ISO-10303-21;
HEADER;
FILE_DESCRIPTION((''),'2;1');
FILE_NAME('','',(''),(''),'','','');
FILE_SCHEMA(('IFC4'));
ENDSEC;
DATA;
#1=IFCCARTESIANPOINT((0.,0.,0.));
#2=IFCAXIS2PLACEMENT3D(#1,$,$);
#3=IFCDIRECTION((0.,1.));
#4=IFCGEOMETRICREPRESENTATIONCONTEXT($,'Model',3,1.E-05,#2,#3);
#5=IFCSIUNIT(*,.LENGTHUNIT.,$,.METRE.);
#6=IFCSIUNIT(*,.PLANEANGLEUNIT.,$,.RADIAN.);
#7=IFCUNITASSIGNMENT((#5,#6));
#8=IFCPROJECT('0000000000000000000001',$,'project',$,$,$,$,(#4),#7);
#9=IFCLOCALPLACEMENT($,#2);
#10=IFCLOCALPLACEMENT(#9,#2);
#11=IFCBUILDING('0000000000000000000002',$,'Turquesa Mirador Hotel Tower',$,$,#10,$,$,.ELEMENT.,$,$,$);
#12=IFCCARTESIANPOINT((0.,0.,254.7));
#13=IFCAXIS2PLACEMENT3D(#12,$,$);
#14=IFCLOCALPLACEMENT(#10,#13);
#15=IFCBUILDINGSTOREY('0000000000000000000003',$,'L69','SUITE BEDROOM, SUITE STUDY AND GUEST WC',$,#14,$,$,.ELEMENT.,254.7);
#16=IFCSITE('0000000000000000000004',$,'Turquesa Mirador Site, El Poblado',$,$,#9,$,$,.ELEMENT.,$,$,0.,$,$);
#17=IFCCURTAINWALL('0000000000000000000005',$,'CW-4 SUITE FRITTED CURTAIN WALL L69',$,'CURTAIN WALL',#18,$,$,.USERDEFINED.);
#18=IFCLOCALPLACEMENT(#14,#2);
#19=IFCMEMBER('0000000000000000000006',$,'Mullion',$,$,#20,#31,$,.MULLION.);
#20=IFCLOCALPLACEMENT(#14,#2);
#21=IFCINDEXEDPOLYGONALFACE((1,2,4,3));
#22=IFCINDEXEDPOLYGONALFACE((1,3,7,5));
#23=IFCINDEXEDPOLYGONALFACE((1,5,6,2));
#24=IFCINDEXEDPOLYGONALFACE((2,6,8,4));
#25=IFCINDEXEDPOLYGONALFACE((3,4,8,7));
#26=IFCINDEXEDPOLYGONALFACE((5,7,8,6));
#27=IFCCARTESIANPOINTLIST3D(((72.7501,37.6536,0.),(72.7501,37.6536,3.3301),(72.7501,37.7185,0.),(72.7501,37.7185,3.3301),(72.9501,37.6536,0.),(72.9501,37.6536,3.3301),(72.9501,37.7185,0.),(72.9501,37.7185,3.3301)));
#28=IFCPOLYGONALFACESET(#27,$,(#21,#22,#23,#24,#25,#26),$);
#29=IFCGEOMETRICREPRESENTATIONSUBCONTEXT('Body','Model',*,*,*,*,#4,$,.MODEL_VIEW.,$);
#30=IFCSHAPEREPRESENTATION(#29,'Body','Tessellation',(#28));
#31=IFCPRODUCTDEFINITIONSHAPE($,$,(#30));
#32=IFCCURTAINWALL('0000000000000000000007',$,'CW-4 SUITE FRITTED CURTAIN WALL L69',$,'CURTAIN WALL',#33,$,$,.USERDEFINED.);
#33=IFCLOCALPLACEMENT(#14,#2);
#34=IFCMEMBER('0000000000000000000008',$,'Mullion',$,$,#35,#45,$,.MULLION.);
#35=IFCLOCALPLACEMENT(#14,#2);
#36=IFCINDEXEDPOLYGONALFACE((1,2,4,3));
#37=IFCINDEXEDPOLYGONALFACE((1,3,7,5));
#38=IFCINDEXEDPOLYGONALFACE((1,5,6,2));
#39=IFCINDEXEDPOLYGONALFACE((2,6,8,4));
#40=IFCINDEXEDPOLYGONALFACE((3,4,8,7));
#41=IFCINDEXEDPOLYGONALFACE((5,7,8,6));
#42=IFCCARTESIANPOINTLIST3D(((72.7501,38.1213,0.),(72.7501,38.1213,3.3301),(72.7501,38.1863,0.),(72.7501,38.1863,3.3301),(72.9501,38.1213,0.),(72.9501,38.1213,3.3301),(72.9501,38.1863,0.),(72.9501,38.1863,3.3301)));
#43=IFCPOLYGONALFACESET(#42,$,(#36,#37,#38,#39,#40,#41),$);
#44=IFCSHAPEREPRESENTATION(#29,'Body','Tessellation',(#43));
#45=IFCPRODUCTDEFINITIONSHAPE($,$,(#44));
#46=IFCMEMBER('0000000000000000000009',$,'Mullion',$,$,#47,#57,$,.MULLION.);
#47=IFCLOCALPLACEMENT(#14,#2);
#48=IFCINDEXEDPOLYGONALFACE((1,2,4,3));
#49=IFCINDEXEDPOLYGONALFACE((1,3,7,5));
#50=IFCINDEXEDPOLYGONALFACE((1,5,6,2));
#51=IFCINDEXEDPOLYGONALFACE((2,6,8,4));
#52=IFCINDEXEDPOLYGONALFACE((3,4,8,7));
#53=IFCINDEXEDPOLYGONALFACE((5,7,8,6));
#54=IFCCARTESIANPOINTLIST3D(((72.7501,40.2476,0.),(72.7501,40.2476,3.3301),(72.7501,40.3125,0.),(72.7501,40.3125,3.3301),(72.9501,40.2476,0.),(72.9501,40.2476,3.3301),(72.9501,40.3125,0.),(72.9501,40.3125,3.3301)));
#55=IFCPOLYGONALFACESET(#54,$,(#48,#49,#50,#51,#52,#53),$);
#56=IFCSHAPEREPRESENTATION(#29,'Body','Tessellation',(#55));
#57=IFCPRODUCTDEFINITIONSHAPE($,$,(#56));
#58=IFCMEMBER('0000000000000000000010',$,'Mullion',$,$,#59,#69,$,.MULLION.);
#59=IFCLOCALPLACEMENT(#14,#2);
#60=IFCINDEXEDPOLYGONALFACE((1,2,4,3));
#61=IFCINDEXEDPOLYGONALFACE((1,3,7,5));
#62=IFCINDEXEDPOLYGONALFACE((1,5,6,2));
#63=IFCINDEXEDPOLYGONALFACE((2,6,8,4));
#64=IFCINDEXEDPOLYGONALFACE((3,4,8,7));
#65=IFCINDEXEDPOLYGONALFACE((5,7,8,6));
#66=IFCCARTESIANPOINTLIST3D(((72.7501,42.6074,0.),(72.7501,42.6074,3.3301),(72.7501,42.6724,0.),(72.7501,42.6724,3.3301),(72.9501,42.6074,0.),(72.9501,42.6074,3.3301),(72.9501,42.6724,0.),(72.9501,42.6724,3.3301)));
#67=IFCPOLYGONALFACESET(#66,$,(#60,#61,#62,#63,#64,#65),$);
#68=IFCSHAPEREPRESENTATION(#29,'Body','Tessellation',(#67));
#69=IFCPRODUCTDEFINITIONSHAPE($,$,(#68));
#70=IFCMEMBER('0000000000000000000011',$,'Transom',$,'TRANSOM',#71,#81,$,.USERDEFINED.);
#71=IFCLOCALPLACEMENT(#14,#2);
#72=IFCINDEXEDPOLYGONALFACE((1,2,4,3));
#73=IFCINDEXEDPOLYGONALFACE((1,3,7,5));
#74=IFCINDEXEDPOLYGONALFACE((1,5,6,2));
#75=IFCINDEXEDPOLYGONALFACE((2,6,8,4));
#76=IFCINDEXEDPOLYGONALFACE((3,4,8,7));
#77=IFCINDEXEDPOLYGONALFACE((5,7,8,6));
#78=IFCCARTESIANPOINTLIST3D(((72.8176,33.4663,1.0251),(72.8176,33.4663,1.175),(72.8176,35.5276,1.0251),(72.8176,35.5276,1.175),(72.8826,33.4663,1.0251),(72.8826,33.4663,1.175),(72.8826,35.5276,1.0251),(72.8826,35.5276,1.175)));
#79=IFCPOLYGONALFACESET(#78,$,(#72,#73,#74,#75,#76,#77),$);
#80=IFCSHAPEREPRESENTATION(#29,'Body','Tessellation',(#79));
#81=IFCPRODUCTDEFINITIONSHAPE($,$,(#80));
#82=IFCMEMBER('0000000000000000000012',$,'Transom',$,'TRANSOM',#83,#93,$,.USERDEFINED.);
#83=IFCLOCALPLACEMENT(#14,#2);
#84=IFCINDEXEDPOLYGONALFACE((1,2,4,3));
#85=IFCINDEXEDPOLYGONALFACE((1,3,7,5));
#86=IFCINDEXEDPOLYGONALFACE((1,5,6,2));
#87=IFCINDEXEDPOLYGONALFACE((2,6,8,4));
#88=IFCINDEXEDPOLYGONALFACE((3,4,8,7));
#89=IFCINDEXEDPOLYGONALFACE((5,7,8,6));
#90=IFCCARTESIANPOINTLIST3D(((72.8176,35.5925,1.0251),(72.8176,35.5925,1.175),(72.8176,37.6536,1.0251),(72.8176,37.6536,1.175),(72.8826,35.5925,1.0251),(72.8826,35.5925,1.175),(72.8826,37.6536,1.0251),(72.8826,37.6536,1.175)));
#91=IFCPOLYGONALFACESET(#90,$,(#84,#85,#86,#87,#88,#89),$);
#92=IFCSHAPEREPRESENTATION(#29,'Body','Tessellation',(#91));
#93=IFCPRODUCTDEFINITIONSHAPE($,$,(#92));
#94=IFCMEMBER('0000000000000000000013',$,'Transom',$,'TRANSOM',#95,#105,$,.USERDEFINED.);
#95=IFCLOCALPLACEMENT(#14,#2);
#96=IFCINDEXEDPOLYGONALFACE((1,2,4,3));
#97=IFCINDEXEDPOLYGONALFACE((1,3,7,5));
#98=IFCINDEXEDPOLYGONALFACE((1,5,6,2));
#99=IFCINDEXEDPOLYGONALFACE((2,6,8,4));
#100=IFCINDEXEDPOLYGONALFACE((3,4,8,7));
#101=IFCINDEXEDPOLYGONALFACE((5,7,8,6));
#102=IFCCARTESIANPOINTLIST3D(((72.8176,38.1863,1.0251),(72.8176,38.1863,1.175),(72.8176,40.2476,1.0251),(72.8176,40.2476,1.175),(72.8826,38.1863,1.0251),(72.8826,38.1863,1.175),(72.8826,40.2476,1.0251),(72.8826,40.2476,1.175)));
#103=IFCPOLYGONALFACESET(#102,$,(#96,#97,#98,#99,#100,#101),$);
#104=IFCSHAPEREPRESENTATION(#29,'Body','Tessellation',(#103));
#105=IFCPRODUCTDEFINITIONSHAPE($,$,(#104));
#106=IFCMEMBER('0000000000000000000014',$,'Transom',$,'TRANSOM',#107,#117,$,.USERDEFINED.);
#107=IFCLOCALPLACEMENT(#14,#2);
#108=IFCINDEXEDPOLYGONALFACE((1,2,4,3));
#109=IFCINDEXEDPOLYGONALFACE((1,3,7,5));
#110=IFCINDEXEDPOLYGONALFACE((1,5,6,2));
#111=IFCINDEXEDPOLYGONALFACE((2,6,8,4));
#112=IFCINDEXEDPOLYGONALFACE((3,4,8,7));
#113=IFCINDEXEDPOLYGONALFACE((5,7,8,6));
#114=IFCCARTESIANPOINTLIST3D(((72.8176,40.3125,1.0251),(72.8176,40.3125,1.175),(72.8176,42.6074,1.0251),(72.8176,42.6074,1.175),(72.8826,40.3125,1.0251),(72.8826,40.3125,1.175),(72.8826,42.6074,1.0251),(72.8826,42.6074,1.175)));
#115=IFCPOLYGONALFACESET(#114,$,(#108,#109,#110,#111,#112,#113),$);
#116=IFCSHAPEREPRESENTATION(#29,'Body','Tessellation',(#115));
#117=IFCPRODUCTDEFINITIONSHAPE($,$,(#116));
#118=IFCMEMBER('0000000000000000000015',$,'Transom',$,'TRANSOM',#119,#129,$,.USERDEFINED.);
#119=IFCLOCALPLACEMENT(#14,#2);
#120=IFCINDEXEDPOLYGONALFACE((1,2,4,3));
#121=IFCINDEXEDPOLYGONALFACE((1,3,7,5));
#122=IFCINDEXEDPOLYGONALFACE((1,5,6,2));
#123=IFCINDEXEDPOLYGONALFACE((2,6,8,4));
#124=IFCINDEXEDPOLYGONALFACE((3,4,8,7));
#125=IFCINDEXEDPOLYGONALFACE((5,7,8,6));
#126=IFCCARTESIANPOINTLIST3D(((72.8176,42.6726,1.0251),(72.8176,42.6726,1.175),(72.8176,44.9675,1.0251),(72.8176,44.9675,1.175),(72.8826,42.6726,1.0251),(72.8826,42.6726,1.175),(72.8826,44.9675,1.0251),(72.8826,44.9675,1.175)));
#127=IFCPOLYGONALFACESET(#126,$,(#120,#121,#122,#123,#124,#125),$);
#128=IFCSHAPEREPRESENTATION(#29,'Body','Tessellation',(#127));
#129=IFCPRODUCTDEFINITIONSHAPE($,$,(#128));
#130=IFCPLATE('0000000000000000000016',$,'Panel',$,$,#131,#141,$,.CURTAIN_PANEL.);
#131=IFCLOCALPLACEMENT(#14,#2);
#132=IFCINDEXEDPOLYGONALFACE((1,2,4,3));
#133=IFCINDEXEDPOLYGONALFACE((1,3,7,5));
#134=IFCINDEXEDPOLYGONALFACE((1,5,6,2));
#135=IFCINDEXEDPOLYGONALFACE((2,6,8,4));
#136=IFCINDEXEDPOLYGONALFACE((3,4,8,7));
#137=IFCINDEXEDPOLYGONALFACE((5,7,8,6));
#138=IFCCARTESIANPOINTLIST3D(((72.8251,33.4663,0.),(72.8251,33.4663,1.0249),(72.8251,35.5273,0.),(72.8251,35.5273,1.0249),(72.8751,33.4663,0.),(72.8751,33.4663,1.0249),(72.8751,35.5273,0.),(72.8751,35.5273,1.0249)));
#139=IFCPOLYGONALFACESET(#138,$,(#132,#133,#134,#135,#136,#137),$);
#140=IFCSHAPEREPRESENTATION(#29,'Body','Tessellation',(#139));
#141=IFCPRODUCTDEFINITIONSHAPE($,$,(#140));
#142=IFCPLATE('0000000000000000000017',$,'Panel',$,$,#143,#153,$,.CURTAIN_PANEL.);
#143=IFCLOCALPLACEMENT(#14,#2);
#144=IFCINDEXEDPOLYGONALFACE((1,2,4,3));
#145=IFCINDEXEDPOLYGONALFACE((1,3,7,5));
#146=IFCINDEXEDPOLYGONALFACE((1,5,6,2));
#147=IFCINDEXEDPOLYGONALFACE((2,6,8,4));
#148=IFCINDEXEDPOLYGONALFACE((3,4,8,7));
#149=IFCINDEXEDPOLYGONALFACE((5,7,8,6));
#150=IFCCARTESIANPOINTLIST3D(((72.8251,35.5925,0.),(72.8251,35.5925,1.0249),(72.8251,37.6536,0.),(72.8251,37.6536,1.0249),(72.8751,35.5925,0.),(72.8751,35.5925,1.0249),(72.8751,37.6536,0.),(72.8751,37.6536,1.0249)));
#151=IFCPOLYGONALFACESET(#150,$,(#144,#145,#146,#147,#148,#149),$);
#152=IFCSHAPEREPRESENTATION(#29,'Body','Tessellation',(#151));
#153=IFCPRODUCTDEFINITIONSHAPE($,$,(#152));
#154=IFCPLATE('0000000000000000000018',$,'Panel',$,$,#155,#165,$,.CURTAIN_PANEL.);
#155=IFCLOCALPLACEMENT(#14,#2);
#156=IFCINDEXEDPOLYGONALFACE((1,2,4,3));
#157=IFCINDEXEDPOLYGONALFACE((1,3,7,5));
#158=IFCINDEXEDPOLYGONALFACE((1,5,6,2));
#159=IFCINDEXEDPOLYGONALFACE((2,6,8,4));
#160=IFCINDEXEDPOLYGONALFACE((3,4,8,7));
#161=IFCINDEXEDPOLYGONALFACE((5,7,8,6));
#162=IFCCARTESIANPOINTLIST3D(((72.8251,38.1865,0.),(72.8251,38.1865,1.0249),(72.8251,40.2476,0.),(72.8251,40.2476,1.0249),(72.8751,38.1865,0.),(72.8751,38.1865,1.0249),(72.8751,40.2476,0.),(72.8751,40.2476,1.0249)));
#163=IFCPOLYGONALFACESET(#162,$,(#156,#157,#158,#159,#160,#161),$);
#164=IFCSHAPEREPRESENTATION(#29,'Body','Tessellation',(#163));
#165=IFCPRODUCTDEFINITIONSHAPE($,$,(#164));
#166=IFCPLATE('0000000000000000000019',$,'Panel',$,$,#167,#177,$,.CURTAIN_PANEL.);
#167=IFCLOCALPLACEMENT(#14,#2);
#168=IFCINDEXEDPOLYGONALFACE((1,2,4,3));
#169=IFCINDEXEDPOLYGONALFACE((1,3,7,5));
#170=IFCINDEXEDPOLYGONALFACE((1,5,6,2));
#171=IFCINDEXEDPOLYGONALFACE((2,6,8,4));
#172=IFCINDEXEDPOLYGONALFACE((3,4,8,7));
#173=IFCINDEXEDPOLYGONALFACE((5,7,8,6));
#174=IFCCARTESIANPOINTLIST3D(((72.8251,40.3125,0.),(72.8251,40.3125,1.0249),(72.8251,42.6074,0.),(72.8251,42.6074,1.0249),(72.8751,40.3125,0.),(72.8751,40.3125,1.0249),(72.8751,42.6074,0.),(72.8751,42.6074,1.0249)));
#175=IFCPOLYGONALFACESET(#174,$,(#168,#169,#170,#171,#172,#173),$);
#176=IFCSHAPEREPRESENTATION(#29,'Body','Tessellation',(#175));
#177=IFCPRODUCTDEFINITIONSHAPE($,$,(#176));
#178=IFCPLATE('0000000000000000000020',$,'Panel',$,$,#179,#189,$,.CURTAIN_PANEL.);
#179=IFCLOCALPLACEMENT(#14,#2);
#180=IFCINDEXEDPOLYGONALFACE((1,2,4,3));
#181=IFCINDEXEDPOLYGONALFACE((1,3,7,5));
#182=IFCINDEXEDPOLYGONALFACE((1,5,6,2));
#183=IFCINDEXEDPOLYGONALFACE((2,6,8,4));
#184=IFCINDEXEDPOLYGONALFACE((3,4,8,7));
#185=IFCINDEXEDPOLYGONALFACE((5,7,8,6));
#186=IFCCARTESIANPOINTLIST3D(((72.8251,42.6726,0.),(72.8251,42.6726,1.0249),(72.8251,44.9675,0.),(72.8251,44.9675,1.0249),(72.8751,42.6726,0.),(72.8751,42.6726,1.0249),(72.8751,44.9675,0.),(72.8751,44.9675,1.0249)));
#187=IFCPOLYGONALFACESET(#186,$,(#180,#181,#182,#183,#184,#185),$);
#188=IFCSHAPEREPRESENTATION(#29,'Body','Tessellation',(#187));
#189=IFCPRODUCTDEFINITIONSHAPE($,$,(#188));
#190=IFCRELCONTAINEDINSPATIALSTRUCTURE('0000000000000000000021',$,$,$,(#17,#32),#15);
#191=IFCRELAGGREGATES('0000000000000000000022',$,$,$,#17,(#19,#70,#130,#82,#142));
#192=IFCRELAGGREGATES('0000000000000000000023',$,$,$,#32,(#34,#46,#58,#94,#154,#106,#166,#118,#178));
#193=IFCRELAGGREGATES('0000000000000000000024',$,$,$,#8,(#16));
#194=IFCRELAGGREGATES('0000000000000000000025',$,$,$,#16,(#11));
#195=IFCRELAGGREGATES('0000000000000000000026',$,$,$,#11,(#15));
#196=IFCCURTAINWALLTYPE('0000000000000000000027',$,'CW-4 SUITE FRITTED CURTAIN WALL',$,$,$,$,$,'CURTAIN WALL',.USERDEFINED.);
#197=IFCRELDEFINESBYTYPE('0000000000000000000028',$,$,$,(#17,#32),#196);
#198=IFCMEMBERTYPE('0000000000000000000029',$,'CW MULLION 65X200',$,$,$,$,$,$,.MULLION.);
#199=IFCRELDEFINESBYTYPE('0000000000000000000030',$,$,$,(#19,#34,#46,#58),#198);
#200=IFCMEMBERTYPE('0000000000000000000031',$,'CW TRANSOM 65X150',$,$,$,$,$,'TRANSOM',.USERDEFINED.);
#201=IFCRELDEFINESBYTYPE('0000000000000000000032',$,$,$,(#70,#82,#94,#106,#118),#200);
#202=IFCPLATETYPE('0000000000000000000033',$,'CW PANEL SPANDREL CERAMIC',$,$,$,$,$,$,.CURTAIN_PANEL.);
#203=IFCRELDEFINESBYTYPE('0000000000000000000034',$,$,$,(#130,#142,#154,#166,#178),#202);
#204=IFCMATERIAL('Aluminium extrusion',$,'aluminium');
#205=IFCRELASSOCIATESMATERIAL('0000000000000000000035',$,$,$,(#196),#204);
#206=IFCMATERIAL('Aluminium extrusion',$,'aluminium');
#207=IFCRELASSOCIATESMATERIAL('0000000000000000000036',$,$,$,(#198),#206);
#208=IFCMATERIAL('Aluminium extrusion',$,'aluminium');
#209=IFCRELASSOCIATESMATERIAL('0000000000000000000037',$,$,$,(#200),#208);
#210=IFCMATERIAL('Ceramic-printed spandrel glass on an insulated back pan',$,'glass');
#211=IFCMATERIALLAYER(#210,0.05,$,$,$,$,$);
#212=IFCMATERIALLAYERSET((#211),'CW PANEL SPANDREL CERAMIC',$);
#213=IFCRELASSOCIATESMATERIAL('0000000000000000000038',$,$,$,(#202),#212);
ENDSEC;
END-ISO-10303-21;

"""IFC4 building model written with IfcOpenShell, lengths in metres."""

from ifc_helpers import new_model, si_unit, direction, frame, origin, origin_2d, place, context, subcontext, project, spatial, rectangle, extrude, material, layer, layer_set, material_profile, profile_set, type_object, element, aggregate, save


model = new_model("IFC4")

# Units and contexts
model_context = context("Model", 3, precision=1e-05, world=origin(), true_north=direction((0.0, 1.0)))
body_context = subcontext(model_context, "Body", "Model", "MODEL_VIEW")
ifc_project = project(units=[si_unit("LENGTHUNIT", "METRE"), si_unit("PLANEANGLEUNIT", "RADIAN")], contexts=[model_context])

# Site, building, storey
site_placement = place(None, origin())
site = spatial("IfcSite", under=ifc_project, at=site_placement, Name="Turquesa Mirador Site, El Poblado", CompositionType="ELEMENT", RefElevation=0.0)
building_placement = place(site_placement, origin())
building = spatial("IfcBuilding", under=site, at=building_placement, Name="Turquesa Mirador Hotel Tower", CompositionType="ELEMENT")
storey_placement = place(building_placement, frame((0.0, 0.0, 254.7)))
storey = spatial("IfcBuildingStorey", under=building, at=storey_placement, Name="L69", Description="SUITE BEDROOM, SUITE STUDY AND GUEST WC", CompositionType="ELEMENT", Elevation=254.7)

# Curtain walls, members
ifc_material_1 = material(Name="Aluminium extrusion", Category="aluminium")
curtain_wall_type = type_object("IfcCurtainWallType", Name="CW-4 SUITE FRITTED CURTAIN WALL", ElementType="CURTAIN WALL", PredefinedType="USERDEFINED", material=ifc_material_1)
curtain_wall_1_placement = place(storey_placement, origin())
curtain_wall_1 = element("IfcCurtainWall", 1, at=curtain_wall_1_placement, inside=storey, type_object=curtain_wall_type, Name="CW-4 SUITE FRITTED CURTAIN WALL L69", ObjectType="CURTAIN WALL", PredefinedType="USERDEFINED")
ifc_material_2 = material(Name="Aluminium extrusion", Category="aluminium")
ifc_material_profile_1 = material_profile(ifc_material_2, rectangle(XDim=0.0649, YDim=0.2, at=origin_2d()), Name="MULLION 65X200")
ifc_profile_set_1 = profile_set([ifc_material_profile_1], Name="Aluminium extrusion")
member_type_1 = type_object("IfcMemberType", Name="CW MULLION 65X200", PredefinedType="MULLION", material=ifc_profile_set_1)
member_1_placement = place(storey_placement, frame((72.8501, 37.686, 0.0), z_axis=(0.0, 0.0, 1.0), x_axis=(0.0, 1.0, 0.0)))
member_1 = element("IfcMember", 2, at=member_1_placement, type_object=member_type_1, Name="Mullion", PredefinedType="MULLION", context=body_context, shape_type="SweptSolid", body=[
    extrude(rectangle(XDim=0.0649, YDim=0.2, at=origin_2d()), origin(), (0.0, 0.0, 1.0), 3.3301),
])
curtain_wall_2_placement = place(storey_placement, origin())
curtain_wall_2 = element("IfcCurtainWall", 3, at=curtain_wall_2_placement, inside=storey, type_object=curtain_wall_type, Name="CW-4 SUITE FRITTED CURTAIN WALL L69", ObjectType="CURTAIN WALL", PredefinedType="USERDEFINED")
member_2_placement = place(storey_placement, frame((72.8501, 38.1538, 0.0), z_axis=(0.0, 0.0, 1.0), x_axis=(0.0, 1.0, 0.0)))
member_2 = element("IfcMember", 4, at=member_2_placement, type_object=member_type_1, Name="Mullion", PredefinedType="MULLION", context=body_context, shape_type="SweptSolid", body=[
    extrude(rectangle(XDim=0.0649, YDim=0.2, at=origin_2d()), origin(), (0.0, 0.0, 1.0), 3.3301),
])
member_3_placement = place(storey_placement, frame((72.8501, 40.28, 0.0), z_axis=(0.0, 0.0, 1.0), x_axis=(0.0, 1.0, 0.0)))
member_3 = element("IfcMember", 5, at=member_3_placement, type_object=member_type_1, Name="Mullion", PredefinedType="MULLION", context=body_context, shape_type="SweptSolid", body=[
    extrude(rectangle(XDim=0.0649, YDim=0.2, at=origin_2d()), origin(), (0.0, 0.0, 1.0), 3.3301),
])
member_4_placement = place(storey_placement, frame((72.8501, 42.6399, 0.0), z_axis=(0.0, 0.0, 1.0), x_axis=(0.0, 1.0, 0.0)))
member_4 = element("IfcMember", 6, at=member_4_placement, type_object=member_type_1, Name="Mullion", PredefinedType="MULLION", context=body_context, shape_type="SweptSolid", body=[
    extrude(rectangle(XDim=0.0649, YDim=0.2, at=origin_2d()), origin(), (0.0, 0.0, 1.0), 3.3301),
])

# Members
ifc_material_3 = material(Name="Aluminium extrusion", Category="aluminium")
ifc_material_profile_2 = material_profile(ifc_material_3, rectangle(XDim=0.0649, YDim=0.1499, at=origin_2d()), Name="TRANSOM 65X150")
ifc_profile_set_2 = profile_set([ifc_material_profile_2], Name="Aluminium extrusion")
member_type_2 = type_object("IfcMemberType", Name="CW TRANSOM 65X150", ElementType="TRANSOM", PredefinedType="USERDEFINED", material=ifc_profile_set_2)
member_5_placement = place(storey_placement, frame((72.8501, 33.4663, 1.1001), z_axis=(0.0, 1.0, 0.0), x_axis=(-1.0, 0.0, 0.0)))
member_5 = element("IfcMember", 7, at=member_5_placement, type_object=member_type_2, Name="Transom", ObjectType="TRANSOM", PredefinedType="USERDEFINED", context=body_context, shape_type="SweptSolid", body=[
    extrude(rectangle(XDim=0.0649, YDim=0.1499, at=origin_2d()), origin(), (0.0, 0.0, 1.0), 2.0613),
])
member_6_placement = place(storey_placement, frame((72.8501, 35.5925, 1.1001), z_axis=(0.0, 1.0, 0.0), x_axis=(-1.0, 0.0, 0.0)))
member_6 = element("IfcMember", 8, at=member_6_placement, type_object=member_type_2, Name="Transom", ObjectType="TRANSOM", PredefinedType="USERDEFINED", context=body_context, shape_type="SweptSolid", body=[
    extrude(rectangle(XDim=0.0649, YDim=0.1499, at=origin_2d()), origin(), (0.0, 0.0, 1.0), 2.061),
])
member_7_placement = place(storey_placement, frame((72.8501, 38.1863, 1.1001), z_axis=(0.0, 1.0, 0.0), x_axis=(-1.0, 0.0, 0.0)))
member_7 = element("IfcMember", 9, at=member_7_placement, type_object=member_type_2, Name="Transom", ObjectType="TRANSOM", PredefinedType="USERDEFINED", context=body_context, shape_type="SweptSolid", body=[
    extrude(rectangle(XDim=0.0649, YDim=0.1499, at=origin_2d()), origin(), (0.0, 0.0, 1.0), 2.0613),
])
member_8_placement = place(storey_placement, frame((72.8501, 40.3125, 1.1001), z_axis=(0.0, 1.0, 0.0), x_axis=(-1.0, 0.0, 0.0)))
member_8 = element("IfcMember", 10, at=member_8_placement, type_object=member_type_2, Name="Transom", ObjectType="TRANSOM", PredefinedType="USERDEFINED", context=body_context, shape_type="SweptSolid", body=[
    extrude(rectangle(XDim=0.0649, YDim=0.1499, at=origin_2d()), origin(), (0.0, 0.0, 1.0), 2.2949),
])
member_9_placement = place(storey_placement, frame((72.8501, 42.6726, 1.1001), z_axis=(0.0, 1.0, 0.0), x_axis=(-1.0, 0.0, 0.0)))
member_9 = element("IfcMember", 11, at=member_9_placement, type_object=member_type_2, Name="Transom", ObjectType="TRANSOM", PredefinedType="USERDEFINED", context=body_context, shape_type="SweptSolid", body=[
    extrude(rectangle(XDim=0.0649, YDim=0.1499, at=origin_2d()), origin(), (0.0, 0.0, 1.0), 2.2949),
])

# Plates
ifc_material_4 = material(Name="Ceramic-printed spandrel glass on an insulated back pan", Category="glass")
ifc_layer_1 = layer(ifc_material_4, 0.05)
ifc_layer_set_1 = layer_set([ifc_layer_1], Name="CW PANEL SPANDREL CERAMIC")
plate_type_1 = type_object("IfcPlateType", Name="CW PANEL SPANDREL CERAMIC", PredefinedType="CURTAIN_PANEL", material=ifc_layer_set_1)
plate_1_placement = place(storey_placement, frame((72.8501, 34.4968, 0.0), z_axis=(0.0, 0.0, 1.0), x_axis=(0.0, 1.0, 0.0)))
plate_1 = element("IfcPlate", 12, at=plate_1_placement, type_object=plate_type_1, Name="Panel", PredefinedType="CURTAIN_PANEL", context=body_context, shape_type="SweptSolid", body=[
    extrude(rectangle(XDim=2.061, YDim=0.05, at=origin_2d()), origin(), (0.0, 0.0, 1.0), 1.0249),
])
plate_2_placement = place(storey_placement, frame((72.8501, 36.623, 0.0), z_axis=(0.0, 0.0, 1.0), x_axis=(0.0, 1.0, 0.0)))
plate_2 = element("IfcPlate", 13, at=plate_2_placement, type_object=plate_type_1, Name="Panel", PredefinedType="CURTAIN_PANEL", context=body_context, shape_type="SweptSolid", body=[
    extrude(rectangle(XDim=2.061, YDim=0.05, at=origin_2d()), origin(), (0.0, 0.0, 1.0), 1.0249),
])
plate_3_placement = place(storey_placement, frame((72.8501, 39.217, 0.0), z_axis=(0.0, 0.0, 1.0), x_axis=(0.0, 1.0, 0.0)))
plate_3 = element("IfcPlate", 14, at=plate_3_placement, type_object=plate_type_1, Name="Panel", PredefinedType="CURTAIN_PANEL", context=body_context, shape_type="SweptSolid", body=[
    extrude(rectangle(XDim=2.061, YDim=0.05, at=origin_2d()), origin(), (0.0, 0.0, 1.0), 1.0249),
])
plate_4_placement = place(storey_placement, frame((72.8501, 41.46, 0.0), z_axis=(0.0, 0.0, 1.0), x_axis=(0.0, 1.0, 0.0)))
plate_4 = element("IfcPlate", 15, at=plate_4_placement, type_object=plate_type_1, Name="Panel", PredefinedType="CURTAIN_PANEL", context=body_context, shape_type="SweptSolid", body=[
    extrude(rectangle(XDim=2.2949, YDim=0.05, at=origin_2d()), origin(), (0.0, 0.0, 1.0), 1.0249),
])
plate_5_placement = place(storey_placement, frame((72.8501, 43.8201, 0.0), z_axis=(0.0, 0.0, 1.0), x_axis=(0.0, 1.0, 0.0)))
plate_5 = element("IfcPlate", 16, at=plate_5_placement, type_object=plate_type_1, Name="Panel", PredefinedType="CURTAIN_PANEL", context=body_context, shape_type="SweptSolid", body=[
    extrude(rectangle(XDim=2.2949, YDim=0.05, at=origin_2d()), origin(), (0.0, 0.0, 1.0), 1.0249),
])
aggregate(curtain_wall_1, [member_1, member_5, plate_1, member_6, plate_2])
aggregate(curtain_wall_2, [member_2, member_3, member_4, member_7, plate_3, member_8, plate_4, member_9, plate_5])

save(model, "model.ifc")
